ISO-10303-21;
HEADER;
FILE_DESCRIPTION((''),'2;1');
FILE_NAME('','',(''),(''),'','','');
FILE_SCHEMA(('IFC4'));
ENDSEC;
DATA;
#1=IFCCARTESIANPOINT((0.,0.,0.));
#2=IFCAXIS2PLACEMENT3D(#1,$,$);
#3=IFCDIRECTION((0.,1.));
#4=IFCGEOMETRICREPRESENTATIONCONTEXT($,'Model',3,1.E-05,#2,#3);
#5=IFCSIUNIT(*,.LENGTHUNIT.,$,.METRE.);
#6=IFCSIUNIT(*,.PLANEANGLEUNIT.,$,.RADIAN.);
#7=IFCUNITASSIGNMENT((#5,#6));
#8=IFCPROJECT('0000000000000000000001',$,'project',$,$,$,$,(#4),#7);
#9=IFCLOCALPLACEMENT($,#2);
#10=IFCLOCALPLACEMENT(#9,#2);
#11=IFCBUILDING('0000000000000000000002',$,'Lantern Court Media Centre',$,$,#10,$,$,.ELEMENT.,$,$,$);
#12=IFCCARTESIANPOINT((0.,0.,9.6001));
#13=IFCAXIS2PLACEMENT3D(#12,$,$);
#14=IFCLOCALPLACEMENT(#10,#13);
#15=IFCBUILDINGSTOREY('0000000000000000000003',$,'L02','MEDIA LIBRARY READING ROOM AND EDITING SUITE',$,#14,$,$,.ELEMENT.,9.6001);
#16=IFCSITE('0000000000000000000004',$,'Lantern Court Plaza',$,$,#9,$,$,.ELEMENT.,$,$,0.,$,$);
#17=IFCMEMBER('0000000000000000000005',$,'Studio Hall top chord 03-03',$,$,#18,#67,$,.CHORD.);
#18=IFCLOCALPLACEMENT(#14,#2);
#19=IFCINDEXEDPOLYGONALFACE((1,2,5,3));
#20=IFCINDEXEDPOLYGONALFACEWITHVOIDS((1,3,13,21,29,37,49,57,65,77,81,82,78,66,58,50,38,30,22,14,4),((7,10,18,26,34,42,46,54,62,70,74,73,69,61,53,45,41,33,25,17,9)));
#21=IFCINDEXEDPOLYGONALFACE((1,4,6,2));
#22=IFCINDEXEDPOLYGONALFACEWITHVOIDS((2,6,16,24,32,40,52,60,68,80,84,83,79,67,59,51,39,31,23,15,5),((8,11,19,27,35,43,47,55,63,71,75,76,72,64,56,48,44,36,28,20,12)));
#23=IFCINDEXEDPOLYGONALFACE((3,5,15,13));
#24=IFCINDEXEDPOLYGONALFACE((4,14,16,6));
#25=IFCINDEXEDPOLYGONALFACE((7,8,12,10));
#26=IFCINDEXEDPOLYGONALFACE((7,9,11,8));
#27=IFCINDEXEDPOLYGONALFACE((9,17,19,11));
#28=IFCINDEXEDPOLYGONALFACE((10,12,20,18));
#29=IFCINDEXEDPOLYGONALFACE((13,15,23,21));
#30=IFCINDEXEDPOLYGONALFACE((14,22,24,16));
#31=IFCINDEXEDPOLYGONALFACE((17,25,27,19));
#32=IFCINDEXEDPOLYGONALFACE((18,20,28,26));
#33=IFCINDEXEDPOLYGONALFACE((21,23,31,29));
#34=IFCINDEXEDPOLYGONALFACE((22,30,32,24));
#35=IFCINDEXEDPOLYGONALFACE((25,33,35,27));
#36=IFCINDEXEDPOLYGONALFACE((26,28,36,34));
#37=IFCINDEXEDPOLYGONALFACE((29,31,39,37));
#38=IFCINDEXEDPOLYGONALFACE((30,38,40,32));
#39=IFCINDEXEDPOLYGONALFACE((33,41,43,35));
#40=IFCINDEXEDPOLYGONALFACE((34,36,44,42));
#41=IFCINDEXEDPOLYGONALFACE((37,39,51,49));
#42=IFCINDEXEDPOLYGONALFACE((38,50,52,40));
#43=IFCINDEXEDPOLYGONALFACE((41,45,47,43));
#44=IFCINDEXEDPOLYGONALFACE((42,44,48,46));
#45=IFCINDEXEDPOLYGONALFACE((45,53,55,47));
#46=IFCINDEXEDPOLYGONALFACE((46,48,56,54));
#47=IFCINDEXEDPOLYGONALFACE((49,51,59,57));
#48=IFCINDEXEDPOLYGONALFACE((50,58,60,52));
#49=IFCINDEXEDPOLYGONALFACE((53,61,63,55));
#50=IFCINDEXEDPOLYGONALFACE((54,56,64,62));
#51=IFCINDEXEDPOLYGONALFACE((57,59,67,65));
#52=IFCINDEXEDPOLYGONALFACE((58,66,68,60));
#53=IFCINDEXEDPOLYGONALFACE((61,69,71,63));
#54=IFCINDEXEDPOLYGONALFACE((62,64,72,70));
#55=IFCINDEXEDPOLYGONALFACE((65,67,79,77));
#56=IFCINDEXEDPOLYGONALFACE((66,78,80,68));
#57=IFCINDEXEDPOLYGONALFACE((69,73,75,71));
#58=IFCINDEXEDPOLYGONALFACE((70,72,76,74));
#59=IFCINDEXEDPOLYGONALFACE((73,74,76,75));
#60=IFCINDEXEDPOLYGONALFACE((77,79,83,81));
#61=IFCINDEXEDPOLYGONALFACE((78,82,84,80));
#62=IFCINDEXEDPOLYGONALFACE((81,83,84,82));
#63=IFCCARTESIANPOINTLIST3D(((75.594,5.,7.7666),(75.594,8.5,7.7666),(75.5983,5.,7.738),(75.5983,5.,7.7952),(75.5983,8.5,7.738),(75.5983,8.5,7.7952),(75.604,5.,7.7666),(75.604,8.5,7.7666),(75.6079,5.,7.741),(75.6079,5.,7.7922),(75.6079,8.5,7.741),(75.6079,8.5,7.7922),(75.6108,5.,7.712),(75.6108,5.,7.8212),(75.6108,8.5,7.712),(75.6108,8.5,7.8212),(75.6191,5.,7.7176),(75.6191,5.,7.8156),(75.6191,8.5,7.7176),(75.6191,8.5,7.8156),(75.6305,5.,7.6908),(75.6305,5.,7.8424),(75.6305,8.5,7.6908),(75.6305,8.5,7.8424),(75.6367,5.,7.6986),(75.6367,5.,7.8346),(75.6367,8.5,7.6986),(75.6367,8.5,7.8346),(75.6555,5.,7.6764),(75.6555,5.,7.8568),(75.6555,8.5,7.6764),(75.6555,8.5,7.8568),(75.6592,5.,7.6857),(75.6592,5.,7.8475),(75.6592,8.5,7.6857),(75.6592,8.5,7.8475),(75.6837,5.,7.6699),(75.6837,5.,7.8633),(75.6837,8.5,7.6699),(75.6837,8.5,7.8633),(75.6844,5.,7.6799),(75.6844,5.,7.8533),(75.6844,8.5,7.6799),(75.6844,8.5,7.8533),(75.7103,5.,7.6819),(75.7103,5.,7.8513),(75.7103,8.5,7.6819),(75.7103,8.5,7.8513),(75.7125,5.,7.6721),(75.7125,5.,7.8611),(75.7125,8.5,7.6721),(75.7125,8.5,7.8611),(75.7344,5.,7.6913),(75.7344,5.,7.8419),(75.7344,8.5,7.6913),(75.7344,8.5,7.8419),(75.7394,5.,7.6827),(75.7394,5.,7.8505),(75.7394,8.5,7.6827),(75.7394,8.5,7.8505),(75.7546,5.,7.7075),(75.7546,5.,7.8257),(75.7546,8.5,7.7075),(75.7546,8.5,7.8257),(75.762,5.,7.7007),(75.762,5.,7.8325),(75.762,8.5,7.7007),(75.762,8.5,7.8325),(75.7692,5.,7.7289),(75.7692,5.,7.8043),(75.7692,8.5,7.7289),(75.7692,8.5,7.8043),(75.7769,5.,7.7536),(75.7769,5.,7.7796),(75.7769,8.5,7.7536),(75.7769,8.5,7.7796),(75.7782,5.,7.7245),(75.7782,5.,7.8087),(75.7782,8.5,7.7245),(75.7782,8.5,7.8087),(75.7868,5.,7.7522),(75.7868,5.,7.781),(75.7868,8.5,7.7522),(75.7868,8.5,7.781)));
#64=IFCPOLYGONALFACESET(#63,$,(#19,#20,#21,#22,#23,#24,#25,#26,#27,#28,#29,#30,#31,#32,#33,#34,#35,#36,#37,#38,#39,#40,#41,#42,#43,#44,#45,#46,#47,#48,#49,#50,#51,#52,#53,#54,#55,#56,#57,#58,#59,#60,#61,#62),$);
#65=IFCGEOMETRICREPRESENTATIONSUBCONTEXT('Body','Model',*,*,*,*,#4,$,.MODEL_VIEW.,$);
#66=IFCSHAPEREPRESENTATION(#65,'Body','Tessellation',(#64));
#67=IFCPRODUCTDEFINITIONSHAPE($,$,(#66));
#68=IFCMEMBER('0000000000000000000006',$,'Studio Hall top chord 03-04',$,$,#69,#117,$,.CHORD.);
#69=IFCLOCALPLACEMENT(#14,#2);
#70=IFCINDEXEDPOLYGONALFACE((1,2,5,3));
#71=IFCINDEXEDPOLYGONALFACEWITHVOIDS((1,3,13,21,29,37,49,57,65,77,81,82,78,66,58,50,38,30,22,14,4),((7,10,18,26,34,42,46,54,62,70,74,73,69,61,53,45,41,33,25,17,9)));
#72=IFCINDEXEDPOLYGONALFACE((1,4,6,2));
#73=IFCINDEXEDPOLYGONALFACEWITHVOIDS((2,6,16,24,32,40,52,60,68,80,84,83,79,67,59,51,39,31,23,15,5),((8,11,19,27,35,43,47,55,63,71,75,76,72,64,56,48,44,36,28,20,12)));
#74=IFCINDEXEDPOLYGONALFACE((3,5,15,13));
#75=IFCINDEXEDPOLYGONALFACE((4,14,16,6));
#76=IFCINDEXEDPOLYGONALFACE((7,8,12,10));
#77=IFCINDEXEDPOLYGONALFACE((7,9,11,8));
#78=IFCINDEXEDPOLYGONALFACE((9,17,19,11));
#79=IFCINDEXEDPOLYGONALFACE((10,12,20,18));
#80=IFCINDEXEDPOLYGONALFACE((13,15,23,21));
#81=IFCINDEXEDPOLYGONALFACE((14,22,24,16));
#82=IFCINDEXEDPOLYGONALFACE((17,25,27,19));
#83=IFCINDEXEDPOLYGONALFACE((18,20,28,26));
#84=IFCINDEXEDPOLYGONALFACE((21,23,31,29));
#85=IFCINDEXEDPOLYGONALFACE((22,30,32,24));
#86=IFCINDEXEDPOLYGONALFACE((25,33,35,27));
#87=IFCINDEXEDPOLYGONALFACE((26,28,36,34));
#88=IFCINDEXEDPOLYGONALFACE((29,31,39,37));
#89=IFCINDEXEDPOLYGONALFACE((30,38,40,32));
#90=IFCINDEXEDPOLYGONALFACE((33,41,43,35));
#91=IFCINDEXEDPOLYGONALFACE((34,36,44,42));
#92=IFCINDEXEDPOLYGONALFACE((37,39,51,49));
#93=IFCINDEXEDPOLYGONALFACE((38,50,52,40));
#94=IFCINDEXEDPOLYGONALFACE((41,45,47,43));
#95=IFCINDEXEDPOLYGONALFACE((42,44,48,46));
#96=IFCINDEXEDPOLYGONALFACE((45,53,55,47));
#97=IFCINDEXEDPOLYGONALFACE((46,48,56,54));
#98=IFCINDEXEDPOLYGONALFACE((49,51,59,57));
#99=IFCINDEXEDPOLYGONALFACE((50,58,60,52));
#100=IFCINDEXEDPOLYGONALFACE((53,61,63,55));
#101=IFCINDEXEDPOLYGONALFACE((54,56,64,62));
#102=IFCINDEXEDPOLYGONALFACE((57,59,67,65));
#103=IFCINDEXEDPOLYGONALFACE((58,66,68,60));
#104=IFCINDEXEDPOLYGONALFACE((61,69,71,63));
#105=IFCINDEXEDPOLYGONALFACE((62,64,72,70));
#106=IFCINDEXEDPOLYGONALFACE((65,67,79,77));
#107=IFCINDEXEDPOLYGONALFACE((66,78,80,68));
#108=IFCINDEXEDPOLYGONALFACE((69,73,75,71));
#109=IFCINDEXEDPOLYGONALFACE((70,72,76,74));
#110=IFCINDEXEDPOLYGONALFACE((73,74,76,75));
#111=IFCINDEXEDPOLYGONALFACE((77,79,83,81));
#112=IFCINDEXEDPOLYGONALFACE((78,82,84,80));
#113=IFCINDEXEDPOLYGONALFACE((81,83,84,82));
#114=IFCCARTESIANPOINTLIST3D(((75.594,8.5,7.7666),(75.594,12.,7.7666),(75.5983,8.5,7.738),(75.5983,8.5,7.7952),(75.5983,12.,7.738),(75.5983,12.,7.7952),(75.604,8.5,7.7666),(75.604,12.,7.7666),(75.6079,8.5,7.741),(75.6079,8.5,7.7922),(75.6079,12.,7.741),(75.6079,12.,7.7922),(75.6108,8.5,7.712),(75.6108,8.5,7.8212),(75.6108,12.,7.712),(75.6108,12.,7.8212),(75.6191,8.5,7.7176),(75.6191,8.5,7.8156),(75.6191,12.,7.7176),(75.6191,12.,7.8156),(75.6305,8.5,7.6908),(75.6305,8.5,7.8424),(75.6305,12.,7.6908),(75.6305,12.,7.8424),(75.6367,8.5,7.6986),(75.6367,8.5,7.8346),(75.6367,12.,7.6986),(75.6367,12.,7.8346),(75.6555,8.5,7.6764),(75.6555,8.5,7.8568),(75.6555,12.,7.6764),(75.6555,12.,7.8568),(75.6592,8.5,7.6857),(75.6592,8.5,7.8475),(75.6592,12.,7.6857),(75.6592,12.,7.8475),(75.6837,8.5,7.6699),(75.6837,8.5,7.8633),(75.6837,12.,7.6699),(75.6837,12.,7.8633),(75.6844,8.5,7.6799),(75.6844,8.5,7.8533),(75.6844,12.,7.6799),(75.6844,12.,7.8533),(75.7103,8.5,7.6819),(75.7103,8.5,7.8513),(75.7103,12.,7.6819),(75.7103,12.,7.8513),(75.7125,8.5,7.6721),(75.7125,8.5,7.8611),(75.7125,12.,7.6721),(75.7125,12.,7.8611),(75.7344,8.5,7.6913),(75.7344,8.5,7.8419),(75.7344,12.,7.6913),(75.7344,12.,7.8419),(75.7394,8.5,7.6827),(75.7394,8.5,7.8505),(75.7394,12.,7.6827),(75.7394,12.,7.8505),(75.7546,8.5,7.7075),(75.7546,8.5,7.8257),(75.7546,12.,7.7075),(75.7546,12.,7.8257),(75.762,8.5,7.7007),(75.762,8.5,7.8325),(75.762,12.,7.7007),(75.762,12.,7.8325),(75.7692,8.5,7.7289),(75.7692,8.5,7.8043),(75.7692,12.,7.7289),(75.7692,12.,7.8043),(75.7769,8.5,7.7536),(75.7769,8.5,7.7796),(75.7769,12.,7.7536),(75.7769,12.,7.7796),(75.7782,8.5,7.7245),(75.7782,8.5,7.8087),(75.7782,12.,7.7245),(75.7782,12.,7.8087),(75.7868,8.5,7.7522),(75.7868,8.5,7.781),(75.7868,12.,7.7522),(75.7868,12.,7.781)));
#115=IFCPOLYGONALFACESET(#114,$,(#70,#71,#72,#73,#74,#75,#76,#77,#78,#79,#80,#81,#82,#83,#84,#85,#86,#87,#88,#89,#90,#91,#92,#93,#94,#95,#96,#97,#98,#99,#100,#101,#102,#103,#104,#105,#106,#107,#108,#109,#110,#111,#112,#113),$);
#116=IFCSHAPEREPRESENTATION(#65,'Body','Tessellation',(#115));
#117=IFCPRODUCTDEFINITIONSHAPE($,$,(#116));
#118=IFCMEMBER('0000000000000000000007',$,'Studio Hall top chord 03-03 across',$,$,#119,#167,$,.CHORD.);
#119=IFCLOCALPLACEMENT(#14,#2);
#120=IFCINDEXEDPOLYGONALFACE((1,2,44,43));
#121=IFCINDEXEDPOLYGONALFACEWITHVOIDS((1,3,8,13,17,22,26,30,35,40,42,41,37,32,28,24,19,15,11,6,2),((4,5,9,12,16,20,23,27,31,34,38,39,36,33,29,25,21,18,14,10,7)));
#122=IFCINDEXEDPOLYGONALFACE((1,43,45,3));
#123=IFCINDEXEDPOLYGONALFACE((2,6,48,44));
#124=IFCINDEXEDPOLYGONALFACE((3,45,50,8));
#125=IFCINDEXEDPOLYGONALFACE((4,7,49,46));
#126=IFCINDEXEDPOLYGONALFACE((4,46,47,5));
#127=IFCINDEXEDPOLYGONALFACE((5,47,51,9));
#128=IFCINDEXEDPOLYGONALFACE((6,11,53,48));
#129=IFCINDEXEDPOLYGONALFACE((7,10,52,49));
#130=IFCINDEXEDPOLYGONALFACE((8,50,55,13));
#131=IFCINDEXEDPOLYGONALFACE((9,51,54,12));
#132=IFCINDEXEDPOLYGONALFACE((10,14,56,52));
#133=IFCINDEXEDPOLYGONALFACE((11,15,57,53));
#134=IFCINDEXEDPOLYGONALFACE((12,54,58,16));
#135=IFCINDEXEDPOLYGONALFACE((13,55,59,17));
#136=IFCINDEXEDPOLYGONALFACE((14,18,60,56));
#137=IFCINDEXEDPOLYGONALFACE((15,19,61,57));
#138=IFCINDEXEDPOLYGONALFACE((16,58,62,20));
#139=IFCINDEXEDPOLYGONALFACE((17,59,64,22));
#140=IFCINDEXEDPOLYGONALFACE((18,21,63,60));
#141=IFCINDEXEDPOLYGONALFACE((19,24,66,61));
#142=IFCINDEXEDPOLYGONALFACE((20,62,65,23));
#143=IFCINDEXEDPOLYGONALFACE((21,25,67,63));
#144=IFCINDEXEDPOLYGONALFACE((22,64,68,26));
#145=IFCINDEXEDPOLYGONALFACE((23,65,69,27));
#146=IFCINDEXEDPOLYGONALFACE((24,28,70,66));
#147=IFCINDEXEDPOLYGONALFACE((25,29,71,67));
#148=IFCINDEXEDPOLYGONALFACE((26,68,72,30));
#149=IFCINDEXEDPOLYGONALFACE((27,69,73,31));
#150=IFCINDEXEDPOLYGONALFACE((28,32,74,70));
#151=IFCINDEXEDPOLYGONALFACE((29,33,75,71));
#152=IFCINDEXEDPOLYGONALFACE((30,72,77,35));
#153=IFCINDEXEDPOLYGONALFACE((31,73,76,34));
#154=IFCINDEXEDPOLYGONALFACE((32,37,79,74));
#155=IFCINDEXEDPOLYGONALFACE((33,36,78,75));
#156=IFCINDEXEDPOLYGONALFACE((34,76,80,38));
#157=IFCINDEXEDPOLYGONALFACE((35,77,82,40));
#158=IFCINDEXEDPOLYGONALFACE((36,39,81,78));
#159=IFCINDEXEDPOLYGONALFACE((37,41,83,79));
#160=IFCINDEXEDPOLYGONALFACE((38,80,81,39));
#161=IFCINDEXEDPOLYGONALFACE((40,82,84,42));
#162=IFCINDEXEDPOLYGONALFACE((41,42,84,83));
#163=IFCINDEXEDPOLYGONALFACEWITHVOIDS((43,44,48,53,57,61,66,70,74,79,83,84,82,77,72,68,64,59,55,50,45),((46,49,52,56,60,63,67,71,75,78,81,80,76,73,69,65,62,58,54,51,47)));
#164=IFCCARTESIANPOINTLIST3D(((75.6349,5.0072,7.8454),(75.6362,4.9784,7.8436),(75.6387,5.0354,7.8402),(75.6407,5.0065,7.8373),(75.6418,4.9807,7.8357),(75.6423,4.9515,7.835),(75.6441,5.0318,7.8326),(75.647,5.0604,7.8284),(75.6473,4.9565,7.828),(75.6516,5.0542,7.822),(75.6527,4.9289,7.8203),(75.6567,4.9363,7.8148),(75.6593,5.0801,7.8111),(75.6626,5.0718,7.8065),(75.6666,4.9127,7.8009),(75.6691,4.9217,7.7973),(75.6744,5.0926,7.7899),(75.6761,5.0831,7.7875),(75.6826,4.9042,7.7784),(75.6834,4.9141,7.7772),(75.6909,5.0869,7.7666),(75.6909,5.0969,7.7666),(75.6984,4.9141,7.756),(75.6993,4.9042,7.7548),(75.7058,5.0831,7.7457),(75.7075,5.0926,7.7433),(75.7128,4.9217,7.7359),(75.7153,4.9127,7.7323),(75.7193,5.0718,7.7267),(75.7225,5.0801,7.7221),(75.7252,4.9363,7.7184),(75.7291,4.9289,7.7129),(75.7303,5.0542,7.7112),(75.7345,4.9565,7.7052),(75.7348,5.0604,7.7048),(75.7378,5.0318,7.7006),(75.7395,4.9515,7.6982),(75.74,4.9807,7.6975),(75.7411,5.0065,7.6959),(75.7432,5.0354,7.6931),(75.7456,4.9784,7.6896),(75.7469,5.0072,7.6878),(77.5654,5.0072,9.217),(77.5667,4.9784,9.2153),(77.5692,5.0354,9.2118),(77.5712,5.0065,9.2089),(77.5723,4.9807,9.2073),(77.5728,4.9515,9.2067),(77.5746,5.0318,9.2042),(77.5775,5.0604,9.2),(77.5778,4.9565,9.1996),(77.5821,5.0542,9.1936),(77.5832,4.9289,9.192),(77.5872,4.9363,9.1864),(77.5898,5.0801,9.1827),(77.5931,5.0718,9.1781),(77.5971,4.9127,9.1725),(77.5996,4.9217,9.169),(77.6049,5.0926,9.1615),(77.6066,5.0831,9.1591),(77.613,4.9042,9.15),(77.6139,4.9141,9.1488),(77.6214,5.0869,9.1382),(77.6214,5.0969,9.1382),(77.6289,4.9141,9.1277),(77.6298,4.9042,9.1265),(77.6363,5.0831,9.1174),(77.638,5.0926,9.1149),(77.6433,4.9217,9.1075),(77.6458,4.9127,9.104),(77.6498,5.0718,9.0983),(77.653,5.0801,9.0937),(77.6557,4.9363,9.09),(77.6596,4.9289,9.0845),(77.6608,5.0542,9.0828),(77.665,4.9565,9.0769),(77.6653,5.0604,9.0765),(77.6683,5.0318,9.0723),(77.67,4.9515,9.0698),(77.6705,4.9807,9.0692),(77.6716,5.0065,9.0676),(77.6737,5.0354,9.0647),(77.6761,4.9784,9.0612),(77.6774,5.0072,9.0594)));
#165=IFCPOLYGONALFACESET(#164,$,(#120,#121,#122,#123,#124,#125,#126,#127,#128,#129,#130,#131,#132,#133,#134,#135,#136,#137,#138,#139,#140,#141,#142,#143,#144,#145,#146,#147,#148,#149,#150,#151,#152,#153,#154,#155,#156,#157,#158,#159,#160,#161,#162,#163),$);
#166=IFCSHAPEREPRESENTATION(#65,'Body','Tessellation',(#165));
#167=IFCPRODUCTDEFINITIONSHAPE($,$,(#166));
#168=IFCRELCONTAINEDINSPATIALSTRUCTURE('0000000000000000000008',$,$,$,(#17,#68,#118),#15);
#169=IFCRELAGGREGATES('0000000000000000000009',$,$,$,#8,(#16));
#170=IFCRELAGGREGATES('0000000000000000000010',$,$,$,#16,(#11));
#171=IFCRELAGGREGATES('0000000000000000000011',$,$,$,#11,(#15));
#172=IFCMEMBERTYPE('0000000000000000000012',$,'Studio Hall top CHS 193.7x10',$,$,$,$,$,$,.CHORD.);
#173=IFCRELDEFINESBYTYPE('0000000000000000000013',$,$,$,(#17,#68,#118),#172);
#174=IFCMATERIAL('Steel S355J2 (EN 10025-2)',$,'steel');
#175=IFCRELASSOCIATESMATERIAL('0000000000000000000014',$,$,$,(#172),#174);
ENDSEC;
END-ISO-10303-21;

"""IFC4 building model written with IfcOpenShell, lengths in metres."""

from ifc_helpers import new_model, si_unit, direction, frame, origin, origin_2d, place, context, subcontext, project, spatial, hollow_circle, extrude, material, material_profile, profile_set, type_object, element, save


model = new_model("IFC4")

# Units and contexts
model_context = context("Model", 3, precision=1e-05, world=origin(), true_north=direction((0.0, 1.0)))
body_context = subcontext(model_context, "Body", "Model", "MODEL_VIEW")
ifc_project = project(units=[si_unit("LENGTHUNIT", "METRE"), si_unit("PLANEANGLEUNIT", "RADIAN")], contexts=[model_context])

# Site, building, storey
site_placement = place(None, origin())
site = spatial("IfcSite", under=ifc_project, at=site_placement, Name="Lantern Court Plaza", CompositionType="ELEMENT", RefElevation=0.0)
building_placement = place(site_placement, origin())
building = spatial("IfcBuilding", under=site, at=building_placement, Name="Lantern Court Media Centre", CompositionType="ELEMENT")
storey_placement = place(building_placement, frame((0.0, 0.0, 9.6001)))
storey = spatial("IfcBuildingStorey", under=building, at=storey_placement, Name="L02", Description="MEDIA LIBRARY READING ROOM AND EDITING SUITE", CompositionType="ELEMENT", Elevation=9.6001)

# Members
ifc_material = material(Name="Steel S355J2 (EN 10025-2)", Category="steel")
ifc_material_profile_1 = material_profile(ifc_material, hollow_circle(Radius=0.0969, WallThickness=0.01, at=origin_2d()), Name="Studio Hall top CHS 193.7x10")
ifc_profile_set_1 = profile_set([ifc_material_profile_1], Name="Steel S355J2 (EN 10025-2)")
member_type_1 = type_object("IfcMemberType", Name="Studio Hall top CHS 193.7x10", PredefinedType="CHORD", material=ifc_profile_set_1)
for number, where, z_axis, x_axis, name in (
    (1, (75.6909, 5.0, 7.7666), (0.0, 1.0, 0.0), (-1.0, 0.0, 0.0), "Studio Hall top chord 03-03"),
    (2, (75.6909, 8.5, 7.7666), (0.0, 1.0, 0.0), (-1.0, 0.0, 0.0), "Studio Hall top chord 03-04"),
):
    element("IfcMember", number, at=place(storey_placement, frame(where, z_axis=z_axis, x_axis=x_axis)), inside=storey, type_object=member_type_1, Name=name, PredefinedType="CHORD", context=body_context, shape_type="SweptSolid", body=[
        extrude(hollow_circle(Radius=0.0969, WallThickness=0.01, at=origin_2d()), origin(), (0.0, 0.0, 1.0), 3.5),
    ])
for number, where, z_axis, x_axis, name in (
    (3, (75.6909, 5.0, 7.7666), (0.815187, 0.0, 0.579198), (0.0, 1.0, 0.0), "Studio Hall top chord 03-03 across"),
):
    element("IfcMember", number, at=place(storey_placement, frame(where, z_axis=z_axis, x_axis=x_axis)), inside=storey, type_object=member_type_1, Name=name, PredefinedType="CHORD", context=body_context, shape_type="SweptSolid", body=[
        extrude(hollow_circle(Radius=0.0969, WallThickness=0.01, at=origin_2d()), origin(), (0.0, 0.0, 1.0), 2.3682),
    ])

save(model, "model.ifc")
